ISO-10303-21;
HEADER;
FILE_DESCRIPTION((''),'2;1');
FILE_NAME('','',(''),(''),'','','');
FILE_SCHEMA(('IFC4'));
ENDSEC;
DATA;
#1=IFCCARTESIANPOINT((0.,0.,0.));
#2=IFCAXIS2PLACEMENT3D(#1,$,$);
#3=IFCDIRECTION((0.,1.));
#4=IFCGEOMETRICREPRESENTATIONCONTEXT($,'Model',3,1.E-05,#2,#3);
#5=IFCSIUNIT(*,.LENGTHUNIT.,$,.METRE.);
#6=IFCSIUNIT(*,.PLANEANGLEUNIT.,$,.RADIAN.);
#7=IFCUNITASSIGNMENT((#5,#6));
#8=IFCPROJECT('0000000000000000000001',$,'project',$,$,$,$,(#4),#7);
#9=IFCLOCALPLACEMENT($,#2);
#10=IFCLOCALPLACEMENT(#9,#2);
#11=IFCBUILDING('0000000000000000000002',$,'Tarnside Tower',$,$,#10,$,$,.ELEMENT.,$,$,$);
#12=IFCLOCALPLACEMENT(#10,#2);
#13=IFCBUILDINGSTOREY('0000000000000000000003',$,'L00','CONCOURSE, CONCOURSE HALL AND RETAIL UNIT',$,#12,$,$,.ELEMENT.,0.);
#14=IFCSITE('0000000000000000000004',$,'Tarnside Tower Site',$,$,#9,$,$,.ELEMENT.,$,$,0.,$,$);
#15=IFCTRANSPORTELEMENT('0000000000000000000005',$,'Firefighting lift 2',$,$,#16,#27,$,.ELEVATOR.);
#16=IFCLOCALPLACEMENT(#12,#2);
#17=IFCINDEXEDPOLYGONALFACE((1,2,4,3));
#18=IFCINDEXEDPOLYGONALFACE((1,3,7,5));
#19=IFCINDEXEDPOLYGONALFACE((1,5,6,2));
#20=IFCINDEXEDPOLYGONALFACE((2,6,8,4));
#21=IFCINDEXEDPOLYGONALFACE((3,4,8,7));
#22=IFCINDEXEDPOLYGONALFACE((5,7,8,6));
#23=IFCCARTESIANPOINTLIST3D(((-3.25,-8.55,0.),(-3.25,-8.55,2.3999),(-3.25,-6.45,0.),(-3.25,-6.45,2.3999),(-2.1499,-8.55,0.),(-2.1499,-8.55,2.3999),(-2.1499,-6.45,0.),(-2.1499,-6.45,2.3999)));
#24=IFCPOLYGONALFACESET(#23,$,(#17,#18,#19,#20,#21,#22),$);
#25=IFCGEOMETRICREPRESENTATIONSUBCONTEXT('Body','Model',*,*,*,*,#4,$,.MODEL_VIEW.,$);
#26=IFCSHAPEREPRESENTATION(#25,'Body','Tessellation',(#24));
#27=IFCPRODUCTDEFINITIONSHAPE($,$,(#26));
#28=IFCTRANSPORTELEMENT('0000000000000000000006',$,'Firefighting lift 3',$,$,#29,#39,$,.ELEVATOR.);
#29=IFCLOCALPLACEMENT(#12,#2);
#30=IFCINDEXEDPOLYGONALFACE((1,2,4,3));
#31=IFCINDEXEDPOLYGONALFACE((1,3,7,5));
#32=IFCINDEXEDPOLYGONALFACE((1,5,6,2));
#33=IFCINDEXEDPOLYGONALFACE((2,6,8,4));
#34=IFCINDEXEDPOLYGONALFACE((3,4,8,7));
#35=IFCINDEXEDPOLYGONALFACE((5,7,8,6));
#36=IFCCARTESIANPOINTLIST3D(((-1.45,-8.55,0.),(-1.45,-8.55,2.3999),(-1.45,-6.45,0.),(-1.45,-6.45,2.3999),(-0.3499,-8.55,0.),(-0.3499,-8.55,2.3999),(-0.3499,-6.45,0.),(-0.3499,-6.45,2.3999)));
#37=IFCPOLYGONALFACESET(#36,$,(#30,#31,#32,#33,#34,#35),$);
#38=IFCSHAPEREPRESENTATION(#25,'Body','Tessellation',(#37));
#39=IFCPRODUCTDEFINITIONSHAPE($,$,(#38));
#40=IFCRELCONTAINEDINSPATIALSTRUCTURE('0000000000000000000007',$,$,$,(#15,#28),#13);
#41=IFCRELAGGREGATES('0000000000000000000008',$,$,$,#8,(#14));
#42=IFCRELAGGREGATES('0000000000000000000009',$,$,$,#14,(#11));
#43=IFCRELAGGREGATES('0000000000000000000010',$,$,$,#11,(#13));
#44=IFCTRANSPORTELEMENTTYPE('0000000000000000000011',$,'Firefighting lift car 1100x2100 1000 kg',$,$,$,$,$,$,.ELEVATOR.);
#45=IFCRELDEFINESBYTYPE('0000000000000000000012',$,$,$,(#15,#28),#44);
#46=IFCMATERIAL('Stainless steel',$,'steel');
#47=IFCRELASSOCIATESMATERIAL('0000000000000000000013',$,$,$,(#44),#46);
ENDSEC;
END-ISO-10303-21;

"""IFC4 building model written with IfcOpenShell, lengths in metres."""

from ifc_helpers import new_model, si_unit, direction, frame, origin, origin_2d, place, context, subcontext, project, spatial, rectangle, extrude, material, type_object, element, save


model = new_model("IFC4")

# Units and contexts
model_context = context("Model", 3, precision=1e-05, world=origin(), true_north=direction((0.0, 1.0)))
body_context = subcontext(model_context, "Body", "Model", "MODEL_VIEW")
ifc_project = project(units=[si_unit("LENGTHUNIT", "METRE"), si_unit("PLANEANGLEUNIT", "RADIAN")], contexts=[model_context])

# Site, building, storey
site_placement = place(None, origin())
site = spatial("IfcSite", under=ifc_project, at=site_placement, Name="Tarnside Tower Site", CompositionType="ELEMENT", RefElevation=0.0)
building_placement = place(site_placement, origin())
building = spatial("IfcBuilding", under=site, at=building_placement, Name="Tarnside Tower", CompositionType="ELEMENT")
storey_placement = place(building_placement, origin())
storey = spatial("IfcBuildingStorey", under=building, at=storey_placement, Name="L00", Description="CONCOURSE, CONCOURSE HALL AND RETAIL UNIT", CompositionType="ELEMENT", Elevation=0.0)

# Shared definitions
ifc_material_1 = material(Name="Stainless steel", Category="steel")

# Transport elements
transport_element_type = type_object("IfcTransportElementType", Name="Firefighting lift car 1100x2100 1000 kg", PredefinedType="ELEVATOR", material=ifc_material_1)
for number, where, z_axis, x_axis, name in (
    (1, (-2.7, -7.5, 0.0), (0.0, 0.0, 1.0), (1.0, 0.0, 0.0), "Firefighting lift 2"),
    (2, (-0.8999, -7.5, 0.0), (0.0, 0.0, 1.0), (1.0, 0.0, 0.0), "Firefighting lift 3"),
):
    element("IfcTransportElement", number, at=place(storey_placement, frame(where, z_axis=z_axis, x_axis=x_axis)), inside=storey, type_object=transport_element_type, Name=name, PredefinedType="ELEVATOR", context=body_context, shape_type="SweptSolid", body=[
        extrude(rectangle(XDim=1.1001, YDim=2.1001, at=origin_2d()), origin(), (0.0, 0.0, 1.0), 2.3999),
    ])

save(model, "model.ifc")
